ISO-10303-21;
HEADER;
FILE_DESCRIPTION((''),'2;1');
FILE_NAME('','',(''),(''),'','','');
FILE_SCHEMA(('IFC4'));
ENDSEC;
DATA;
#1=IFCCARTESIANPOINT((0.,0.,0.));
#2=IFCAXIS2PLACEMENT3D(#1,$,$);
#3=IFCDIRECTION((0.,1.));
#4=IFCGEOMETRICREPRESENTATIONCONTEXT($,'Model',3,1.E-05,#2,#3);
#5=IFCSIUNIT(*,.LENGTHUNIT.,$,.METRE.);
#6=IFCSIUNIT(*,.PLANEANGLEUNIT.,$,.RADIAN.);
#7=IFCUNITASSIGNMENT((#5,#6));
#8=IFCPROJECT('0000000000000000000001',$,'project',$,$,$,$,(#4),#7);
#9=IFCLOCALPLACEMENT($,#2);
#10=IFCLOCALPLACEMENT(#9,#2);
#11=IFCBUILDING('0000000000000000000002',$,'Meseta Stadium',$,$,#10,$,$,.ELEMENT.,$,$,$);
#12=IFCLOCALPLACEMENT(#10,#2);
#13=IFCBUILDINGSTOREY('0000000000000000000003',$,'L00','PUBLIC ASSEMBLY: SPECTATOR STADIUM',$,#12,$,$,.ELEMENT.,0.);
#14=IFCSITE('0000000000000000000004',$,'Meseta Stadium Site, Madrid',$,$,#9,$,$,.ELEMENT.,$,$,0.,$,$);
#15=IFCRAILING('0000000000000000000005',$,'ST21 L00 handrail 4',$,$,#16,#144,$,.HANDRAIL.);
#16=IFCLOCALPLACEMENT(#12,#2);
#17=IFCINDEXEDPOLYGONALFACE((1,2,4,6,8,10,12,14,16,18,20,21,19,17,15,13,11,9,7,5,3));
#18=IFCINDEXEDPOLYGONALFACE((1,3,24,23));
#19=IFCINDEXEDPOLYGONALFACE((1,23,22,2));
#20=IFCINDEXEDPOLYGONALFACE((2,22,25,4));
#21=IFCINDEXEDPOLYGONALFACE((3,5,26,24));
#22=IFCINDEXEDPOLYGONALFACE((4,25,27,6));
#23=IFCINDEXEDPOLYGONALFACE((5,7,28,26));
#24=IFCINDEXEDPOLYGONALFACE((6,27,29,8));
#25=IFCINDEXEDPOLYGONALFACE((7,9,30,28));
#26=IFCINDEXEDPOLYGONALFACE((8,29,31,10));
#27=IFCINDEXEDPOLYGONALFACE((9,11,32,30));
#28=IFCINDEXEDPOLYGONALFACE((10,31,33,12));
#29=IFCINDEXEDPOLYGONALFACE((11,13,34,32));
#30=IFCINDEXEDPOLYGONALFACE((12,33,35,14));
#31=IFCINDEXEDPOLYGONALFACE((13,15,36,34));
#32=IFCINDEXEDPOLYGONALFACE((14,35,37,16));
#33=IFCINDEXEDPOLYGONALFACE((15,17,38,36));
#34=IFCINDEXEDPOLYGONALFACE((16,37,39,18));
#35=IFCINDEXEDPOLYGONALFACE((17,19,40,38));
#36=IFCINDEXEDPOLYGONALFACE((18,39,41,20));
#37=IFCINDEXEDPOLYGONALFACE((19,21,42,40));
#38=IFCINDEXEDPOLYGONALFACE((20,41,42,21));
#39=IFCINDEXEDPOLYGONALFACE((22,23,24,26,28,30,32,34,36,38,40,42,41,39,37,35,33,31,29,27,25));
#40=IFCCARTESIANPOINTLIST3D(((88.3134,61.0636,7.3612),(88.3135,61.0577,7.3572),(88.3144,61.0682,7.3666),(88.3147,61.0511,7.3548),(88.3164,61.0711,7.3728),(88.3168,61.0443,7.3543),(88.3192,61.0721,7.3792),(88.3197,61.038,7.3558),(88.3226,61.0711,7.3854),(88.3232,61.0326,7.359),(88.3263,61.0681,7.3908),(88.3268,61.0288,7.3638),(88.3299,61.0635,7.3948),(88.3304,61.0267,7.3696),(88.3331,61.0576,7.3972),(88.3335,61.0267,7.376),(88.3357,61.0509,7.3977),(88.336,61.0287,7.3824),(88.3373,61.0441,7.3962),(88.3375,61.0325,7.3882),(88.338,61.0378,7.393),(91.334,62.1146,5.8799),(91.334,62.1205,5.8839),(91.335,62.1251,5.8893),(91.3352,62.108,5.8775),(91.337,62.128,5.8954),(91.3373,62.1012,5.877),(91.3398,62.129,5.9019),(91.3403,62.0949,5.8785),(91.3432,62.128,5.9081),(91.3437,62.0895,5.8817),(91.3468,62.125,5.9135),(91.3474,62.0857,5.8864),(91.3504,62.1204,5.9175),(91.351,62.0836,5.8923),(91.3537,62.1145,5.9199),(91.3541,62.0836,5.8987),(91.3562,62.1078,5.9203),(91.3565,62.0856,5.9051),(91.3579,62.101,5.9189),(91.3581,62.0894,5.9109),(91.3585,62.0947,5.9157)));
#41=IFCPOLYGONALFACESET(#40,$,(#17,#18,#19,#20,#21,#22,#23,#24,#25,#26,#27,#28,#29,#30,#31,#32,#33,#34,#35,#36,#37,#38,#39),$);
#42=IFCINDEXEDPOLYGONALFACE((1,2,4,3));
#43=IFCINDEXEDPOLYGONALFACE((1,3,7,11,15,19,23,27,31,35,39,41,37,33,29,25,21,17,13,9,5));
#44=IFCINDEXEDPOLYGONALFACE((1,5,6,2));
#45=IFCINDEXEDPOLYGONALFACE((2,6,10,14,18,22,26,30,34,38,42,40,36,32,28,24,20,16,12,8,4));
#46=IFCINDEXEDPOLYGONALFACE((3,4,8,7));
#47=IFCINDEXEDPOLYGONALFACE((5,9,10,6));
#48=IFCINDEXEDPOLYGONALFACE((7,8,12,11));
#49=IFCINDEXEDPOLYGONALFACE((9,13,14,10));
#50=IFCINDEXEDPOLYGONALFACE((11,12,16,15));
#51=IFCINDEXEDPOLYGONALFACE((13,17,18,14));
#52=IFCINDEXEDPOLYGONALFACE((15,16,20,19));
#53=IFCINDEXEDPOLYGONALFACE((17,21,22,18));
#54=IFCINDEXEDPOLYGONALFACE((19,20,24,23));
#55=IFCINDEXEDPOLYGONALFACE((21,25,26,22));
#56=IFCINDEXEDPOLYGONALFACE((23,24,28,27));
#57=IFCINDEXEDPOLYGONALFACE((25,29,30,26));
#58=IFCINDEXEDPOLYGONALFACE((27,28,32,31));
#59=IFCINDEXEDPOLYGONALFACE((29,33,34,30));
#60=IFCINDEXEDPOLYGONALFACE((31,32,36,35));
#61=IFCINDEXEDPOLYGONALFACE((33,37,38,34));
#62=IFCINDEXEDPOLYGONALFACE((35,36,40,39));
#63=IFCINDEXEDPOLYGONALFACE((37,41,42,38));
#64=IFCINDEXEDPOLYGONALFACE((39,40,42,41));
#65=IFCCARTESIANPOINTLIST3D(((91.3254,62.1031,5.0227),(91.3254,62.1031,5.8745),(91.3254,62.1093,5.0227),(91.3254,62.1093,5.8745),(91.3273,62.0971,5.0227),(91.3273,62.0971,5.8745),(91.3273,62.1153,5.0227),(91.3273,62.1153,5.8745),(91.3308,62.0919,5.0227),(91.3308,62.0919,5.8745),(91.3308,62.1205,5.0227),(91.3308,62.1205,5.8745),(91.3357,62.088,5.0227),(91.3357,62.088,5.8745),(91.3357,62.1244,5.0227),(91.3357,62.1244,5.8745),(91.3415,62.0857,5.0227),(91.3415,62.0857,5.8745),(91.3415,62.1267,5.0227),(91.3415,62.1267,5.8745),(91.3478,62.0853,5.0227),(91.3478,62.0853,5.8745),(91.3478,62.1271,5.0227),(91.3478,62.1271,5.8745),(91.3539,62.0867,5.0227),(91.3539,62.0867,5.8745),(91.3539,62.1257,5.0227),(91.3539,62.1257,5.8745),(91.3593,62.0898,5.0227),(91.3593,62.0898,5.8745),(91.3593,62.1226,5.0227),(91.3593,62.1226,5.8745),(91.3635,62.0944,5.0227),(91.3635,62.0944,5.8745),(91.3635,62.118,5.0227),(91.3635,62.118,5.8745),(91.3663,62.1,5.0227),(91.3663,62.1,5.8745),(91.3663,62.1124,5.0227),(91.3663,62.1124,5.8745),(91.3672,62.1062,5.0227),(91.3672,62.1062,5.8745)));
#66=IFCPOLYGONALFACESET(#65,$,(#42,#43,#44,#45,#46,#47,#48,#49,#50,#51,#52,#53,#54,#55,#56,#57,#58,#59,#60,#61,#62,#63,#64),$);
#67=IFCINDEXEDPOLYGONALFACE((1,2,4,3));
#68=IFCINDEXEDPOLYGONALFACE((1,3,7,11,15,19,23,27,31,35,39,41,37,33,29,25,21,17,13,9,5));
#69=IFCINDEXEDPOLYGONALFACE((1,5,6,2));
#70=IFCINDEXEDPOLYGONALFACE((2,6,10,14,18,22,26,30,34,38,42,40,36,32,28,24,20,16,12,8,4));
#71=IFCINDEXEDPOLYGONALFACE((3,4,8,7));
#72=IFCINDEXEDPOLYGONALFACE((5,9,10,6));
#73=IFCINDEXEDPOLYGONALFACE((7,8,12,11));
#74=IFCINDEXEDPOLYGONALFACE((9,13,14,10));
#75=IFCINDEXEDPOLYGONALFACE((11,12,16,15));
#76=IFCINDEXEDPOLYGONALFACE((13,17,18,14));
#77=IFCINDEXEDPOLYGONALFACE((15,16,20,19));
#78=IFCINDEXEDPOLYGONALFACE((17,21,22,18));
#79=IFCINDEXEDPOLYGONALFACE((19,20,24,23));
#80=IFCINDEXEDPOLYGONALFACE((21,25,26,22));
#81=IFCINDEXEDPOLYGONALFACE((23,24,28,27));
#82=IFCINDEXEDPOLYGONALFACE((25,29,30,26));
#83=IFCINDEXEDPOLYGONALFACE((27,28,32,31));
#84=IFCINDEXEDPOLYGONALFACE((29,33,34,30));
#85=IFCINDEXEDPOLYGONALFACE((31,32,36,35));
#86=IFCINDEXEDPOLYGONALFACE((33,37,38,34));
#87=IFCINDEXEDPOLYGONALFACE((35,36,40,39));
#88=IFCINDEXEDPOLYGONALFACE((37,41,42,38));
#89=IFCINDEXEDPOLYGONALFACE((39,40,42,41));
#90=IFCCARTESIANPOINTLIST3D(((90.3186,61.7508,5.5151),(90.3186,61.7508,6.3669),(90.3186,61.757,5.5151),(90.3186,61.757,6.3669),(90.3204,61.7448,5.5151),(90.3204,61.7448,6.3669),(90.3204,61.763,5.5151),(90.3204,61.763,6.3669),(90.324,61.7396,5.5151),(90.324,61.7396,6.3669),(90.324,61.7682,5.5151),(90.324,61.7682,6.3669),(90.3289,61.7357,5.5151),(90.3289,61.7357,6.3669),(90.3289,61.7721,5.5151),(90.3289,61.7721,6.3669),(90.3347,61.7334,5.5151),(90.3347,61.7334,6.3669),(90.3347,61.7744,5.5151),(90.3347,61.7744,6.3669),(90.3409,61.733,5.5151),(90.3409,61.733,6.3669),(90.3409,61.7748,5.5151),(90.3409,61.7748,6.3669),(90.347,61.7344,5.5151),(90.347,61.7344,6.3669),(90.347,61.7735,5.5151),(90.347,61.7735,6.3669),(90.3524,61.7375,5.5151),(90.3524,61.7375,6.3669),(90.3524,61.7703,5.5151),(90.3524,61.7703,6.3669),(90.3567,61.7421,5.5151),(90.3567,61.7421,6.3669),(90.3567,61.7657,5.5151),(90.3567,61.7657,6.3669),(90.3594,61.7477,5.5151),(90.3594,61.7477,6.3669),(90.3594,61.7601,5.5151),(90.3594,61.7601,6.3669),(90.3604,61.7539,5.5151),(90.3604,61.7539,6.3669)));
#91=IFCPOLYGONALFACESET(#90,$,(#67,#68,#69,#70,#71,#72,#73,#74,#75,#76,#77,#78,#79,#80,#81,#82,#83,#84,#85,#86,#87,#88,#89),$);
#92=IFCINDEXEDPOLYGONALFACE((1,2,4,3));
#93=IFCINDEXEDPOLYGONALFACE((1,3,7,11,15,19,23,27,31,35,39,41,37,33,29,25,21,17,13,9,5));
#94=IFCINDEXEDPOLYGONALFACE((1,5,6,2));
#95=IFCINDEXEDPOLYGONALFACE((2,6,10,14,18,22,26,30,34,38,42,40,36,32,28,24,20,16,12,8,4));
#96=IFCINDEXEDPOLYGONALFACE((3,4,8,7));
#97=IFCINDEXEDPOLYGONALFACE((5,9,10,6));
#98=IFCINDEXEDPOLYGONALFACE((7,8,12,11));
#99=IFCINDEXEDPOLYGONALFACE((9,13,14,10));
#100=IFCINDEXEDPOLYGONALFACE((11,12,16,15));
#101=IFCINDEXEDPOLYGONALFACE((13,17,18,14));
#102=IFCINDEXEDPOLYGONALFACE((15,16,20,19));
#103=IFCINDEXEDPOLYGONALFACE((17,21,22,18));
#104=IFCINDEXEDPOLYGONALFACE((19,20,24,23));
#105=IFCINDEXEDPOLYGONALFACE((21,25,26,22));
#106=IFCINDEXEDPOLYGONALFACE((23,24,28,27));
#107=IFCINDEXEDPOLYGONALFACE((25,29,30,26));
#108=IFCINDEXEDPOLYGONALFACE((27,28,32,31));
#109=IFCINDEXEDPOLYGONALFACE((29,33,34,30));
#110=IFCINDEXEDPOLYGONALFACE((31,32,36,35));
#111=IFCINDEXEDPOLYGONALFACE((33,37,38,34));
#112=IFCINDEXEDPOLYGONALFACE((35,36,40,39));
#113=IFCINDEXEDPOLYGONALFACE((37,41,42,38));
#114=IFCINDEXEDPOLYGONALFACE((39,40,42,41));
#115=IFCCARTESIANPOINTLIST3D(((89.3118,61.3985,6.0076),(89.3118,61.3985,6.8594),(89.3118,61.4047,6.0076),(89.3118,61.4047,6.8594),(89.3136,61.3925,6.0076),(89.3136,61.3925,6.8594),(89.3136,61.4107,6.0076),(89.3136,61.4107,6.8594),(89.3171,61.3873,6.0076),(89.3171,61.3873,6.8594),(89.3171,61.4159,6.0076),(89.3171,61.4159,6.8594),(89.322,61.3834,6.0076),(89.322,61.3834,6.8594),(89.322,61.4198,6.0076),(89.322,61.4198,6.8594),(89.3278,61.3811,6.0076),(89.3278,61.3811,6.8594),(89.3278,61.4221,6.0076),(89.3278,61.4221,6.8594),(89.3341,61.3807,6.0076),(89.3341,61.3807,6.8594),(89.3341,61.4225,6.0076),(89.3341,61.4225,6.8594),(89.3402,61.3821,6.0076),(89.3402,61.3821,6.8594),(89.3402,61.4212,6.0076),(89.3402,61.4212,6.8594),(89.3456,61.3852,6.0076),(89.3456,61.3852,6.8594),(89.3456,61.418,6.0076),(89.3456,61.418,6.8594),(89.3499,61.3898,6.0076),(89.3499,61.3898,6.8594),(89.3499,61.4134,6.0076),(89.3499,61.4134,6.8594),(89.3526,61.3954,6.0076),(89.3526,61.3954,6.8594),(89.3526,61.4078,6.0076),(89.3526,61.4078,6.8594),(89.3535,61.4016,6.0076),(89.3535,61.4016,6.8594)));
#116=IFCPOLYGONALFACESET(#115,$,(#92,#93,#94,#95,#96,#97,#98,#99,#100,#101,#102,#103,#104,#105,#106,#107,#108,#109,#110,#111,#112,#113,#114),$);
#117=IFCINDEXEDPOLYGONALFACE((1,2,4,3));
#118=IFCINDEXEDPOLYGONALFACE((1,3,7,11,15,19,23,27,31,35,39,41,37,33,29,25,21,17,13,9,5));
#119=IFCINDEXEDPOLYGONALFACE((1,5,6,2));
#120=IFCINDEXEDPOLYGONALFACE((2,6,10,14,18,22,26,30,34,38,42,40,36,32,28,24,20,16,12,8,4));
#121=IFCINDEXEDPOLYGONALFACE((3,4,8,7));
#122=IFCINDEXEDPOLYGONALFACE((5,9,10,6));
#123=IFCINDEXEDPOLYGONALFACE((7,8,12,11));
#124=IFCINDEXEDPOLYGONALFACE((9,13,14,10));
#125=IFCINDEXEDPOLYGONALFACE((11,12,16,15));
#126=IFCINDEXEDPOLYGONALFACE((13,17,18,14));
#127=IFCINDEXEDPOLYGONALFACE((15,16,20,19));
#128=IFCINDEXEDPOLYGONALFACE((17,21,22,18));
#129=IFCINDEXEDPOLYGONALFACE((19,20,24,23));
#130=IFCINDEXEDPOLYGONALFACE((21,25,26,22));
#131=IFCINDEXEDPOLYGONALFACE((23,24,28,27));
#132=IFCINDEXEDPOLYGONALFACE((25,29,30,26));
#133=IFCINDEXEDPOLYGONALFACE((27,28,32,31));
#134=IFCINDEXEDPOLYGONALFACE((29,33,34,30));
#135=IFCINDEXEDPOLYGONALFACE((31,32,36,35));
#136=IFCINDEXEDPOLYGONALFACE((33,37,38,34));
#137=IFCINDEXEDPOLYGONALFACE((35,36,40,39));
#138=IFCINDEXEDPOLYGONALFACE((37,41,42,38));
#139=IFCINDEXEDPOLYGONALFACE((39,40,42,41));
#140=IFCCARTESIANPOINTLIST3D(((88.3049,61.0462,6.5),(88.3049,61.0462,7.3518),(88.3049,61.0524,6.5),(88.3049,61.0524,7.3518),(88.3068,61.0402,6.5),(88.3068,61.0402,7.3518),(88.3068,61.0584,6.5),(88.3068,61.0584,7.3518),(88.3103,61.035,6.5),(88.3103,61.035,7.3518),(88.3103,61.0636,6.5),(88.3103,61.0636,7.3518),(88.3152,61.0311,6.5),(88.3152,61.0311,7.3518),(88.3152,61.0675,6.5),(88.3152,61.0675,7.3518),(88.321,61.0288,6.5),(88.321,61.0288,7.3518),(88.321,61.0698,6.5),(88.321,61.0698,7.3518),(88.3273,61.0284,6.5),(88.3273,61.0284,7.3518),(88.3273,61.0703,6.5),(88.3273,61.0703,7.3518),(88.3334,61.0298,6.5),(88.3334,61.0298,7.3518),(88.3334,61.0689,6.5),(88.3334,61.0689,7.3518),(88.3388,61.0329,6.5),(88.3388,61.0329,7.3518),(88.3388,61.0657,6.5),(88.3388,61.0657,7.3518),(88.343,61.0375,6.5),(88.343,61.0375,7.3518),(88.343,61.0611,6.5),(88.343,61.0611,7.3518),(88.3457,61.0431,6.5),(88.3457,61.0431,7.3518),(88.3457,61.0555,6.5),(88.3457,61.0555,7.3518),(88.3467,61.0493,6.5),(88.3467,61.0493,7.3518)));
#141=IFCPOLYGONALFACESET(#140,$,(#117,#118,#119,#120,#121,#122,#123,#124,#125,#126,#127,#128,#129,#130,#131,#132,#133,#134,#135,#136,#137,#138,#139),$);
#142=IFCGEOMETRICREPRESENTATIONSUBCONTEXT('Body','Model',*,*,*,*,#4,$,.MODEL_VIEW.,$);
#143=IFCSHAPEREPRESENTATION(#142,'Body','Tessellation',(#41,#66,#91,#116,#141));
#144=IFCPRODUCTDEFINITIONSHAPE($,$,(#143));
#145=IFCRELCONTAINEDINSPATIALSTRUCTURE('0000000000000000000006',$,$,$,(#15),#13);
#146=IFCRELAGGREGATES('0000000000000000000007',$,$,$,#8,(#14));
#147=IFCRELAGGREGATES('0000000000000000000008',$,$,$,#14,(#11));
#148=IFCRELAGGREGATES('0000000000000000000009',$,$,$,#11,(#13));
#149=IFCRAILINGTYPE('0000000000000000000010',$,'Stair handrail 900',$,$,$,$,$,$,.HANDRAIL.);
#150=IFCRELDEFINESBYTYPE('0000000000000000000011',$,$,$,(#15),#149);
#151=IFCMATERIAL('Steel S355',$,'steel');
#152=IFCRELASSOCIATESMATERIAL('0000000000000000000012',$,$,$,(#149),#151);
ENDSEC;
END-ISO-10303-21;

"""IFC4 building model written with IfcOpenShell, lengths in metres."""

from ifc_helpers import new_model, si_unit, direction, frame, origin, origin_2d, place, context, subcontext, project, spatial, circle, extrude, material, type_object, element, save


model = new_model("IFC4")

# Units and contexts
model_context = context("Model", 3, precision=1e-05, world=origin(), true_north=direction((0.0, 1.0)))
body_context = subcontext(model_context, "Body", "Model", "MODEL_VIEW")
ifc_project = project(units=[si_unit("LENGTHUNIT", "METRE"), si_unit("PLANEANGLEUNIT", "RADIAN")], contexts=[model_context])

# Site, building, storey
site_placement = place(None, origin())
site = spatial("IfcSite", under=ifc_project, at=site_placement, Name="Meseta Stadium Site, Madrid", CompositionType="ELEMENT", RefElevation=0.0)
building_placement = place(site_placement, origin())
building = spatial("IfcBuilding", under=site, at=building_placement, Name="Meseta Stadium", CompositionType="ELEMENT")
storey_placement = place(building_placement, origin())
storey = spatial("IfcBuildingStorey", under=building, at=storey_placement, Name="L00", Description="PUBLIC ASSEMBLY: SPECTATOR STADIUM", CompositionType="ELEMENT", Elevation=0.0)

# Railing
ifc_material_1 = material(Name="Steel S355", Category="steel")
railing_type_1 = type_object("IfcRailingType", Name="Stair handrail 900", PredefinedType="HANDRAIL", material=ifc_material_1)
for number, where, name in (
    (1, (91.3462, 62.1062, 5.0227), "ST21 L00 handrail 4"),
):
    element("IfcRailing", number, at=place(storey_placement, frame(where)), inside=storey, type_object=railing_type_1, Name=name, PredefinedType="HANDRAIL", context=body_context, shape_type="SweptSolid", body=[
        extrude(circle(Radius=0.0239, at=origin_2d()), frame((0.0, 0.0, 0.876), z_axis=(-0.856977, -0.299859, 0.419137), x_axis=(0.330269, -0.943887, 0.0)), (0.0, 0.0, 1.0), 3.5247),
        extrude(circle(Radius=0.021, at=origin_2d()), origin(), (0.0, 0.0, 1.0), 0.8518),
        extrude(circle(Radius=0.021, at=origin_2d()), frame((-1.0068, -0.3523, 0.4924)), (0.0, 0.0, 1.0), 0.8518),
        extrude(circle(Radius=0.021, at=origin_2d()), frame((-2.0137, -0.7046, 0.9849)), (0.0, 0.0, 1.0), 0.8518),
        extrude(circle(Radius=0.021, at=origin_2d()), frame((-3.0205, -1.0569, 1.4773)), (0.0, 0.0, 1.0), 0.8518),
    ])

save(model, "model.ifc")
